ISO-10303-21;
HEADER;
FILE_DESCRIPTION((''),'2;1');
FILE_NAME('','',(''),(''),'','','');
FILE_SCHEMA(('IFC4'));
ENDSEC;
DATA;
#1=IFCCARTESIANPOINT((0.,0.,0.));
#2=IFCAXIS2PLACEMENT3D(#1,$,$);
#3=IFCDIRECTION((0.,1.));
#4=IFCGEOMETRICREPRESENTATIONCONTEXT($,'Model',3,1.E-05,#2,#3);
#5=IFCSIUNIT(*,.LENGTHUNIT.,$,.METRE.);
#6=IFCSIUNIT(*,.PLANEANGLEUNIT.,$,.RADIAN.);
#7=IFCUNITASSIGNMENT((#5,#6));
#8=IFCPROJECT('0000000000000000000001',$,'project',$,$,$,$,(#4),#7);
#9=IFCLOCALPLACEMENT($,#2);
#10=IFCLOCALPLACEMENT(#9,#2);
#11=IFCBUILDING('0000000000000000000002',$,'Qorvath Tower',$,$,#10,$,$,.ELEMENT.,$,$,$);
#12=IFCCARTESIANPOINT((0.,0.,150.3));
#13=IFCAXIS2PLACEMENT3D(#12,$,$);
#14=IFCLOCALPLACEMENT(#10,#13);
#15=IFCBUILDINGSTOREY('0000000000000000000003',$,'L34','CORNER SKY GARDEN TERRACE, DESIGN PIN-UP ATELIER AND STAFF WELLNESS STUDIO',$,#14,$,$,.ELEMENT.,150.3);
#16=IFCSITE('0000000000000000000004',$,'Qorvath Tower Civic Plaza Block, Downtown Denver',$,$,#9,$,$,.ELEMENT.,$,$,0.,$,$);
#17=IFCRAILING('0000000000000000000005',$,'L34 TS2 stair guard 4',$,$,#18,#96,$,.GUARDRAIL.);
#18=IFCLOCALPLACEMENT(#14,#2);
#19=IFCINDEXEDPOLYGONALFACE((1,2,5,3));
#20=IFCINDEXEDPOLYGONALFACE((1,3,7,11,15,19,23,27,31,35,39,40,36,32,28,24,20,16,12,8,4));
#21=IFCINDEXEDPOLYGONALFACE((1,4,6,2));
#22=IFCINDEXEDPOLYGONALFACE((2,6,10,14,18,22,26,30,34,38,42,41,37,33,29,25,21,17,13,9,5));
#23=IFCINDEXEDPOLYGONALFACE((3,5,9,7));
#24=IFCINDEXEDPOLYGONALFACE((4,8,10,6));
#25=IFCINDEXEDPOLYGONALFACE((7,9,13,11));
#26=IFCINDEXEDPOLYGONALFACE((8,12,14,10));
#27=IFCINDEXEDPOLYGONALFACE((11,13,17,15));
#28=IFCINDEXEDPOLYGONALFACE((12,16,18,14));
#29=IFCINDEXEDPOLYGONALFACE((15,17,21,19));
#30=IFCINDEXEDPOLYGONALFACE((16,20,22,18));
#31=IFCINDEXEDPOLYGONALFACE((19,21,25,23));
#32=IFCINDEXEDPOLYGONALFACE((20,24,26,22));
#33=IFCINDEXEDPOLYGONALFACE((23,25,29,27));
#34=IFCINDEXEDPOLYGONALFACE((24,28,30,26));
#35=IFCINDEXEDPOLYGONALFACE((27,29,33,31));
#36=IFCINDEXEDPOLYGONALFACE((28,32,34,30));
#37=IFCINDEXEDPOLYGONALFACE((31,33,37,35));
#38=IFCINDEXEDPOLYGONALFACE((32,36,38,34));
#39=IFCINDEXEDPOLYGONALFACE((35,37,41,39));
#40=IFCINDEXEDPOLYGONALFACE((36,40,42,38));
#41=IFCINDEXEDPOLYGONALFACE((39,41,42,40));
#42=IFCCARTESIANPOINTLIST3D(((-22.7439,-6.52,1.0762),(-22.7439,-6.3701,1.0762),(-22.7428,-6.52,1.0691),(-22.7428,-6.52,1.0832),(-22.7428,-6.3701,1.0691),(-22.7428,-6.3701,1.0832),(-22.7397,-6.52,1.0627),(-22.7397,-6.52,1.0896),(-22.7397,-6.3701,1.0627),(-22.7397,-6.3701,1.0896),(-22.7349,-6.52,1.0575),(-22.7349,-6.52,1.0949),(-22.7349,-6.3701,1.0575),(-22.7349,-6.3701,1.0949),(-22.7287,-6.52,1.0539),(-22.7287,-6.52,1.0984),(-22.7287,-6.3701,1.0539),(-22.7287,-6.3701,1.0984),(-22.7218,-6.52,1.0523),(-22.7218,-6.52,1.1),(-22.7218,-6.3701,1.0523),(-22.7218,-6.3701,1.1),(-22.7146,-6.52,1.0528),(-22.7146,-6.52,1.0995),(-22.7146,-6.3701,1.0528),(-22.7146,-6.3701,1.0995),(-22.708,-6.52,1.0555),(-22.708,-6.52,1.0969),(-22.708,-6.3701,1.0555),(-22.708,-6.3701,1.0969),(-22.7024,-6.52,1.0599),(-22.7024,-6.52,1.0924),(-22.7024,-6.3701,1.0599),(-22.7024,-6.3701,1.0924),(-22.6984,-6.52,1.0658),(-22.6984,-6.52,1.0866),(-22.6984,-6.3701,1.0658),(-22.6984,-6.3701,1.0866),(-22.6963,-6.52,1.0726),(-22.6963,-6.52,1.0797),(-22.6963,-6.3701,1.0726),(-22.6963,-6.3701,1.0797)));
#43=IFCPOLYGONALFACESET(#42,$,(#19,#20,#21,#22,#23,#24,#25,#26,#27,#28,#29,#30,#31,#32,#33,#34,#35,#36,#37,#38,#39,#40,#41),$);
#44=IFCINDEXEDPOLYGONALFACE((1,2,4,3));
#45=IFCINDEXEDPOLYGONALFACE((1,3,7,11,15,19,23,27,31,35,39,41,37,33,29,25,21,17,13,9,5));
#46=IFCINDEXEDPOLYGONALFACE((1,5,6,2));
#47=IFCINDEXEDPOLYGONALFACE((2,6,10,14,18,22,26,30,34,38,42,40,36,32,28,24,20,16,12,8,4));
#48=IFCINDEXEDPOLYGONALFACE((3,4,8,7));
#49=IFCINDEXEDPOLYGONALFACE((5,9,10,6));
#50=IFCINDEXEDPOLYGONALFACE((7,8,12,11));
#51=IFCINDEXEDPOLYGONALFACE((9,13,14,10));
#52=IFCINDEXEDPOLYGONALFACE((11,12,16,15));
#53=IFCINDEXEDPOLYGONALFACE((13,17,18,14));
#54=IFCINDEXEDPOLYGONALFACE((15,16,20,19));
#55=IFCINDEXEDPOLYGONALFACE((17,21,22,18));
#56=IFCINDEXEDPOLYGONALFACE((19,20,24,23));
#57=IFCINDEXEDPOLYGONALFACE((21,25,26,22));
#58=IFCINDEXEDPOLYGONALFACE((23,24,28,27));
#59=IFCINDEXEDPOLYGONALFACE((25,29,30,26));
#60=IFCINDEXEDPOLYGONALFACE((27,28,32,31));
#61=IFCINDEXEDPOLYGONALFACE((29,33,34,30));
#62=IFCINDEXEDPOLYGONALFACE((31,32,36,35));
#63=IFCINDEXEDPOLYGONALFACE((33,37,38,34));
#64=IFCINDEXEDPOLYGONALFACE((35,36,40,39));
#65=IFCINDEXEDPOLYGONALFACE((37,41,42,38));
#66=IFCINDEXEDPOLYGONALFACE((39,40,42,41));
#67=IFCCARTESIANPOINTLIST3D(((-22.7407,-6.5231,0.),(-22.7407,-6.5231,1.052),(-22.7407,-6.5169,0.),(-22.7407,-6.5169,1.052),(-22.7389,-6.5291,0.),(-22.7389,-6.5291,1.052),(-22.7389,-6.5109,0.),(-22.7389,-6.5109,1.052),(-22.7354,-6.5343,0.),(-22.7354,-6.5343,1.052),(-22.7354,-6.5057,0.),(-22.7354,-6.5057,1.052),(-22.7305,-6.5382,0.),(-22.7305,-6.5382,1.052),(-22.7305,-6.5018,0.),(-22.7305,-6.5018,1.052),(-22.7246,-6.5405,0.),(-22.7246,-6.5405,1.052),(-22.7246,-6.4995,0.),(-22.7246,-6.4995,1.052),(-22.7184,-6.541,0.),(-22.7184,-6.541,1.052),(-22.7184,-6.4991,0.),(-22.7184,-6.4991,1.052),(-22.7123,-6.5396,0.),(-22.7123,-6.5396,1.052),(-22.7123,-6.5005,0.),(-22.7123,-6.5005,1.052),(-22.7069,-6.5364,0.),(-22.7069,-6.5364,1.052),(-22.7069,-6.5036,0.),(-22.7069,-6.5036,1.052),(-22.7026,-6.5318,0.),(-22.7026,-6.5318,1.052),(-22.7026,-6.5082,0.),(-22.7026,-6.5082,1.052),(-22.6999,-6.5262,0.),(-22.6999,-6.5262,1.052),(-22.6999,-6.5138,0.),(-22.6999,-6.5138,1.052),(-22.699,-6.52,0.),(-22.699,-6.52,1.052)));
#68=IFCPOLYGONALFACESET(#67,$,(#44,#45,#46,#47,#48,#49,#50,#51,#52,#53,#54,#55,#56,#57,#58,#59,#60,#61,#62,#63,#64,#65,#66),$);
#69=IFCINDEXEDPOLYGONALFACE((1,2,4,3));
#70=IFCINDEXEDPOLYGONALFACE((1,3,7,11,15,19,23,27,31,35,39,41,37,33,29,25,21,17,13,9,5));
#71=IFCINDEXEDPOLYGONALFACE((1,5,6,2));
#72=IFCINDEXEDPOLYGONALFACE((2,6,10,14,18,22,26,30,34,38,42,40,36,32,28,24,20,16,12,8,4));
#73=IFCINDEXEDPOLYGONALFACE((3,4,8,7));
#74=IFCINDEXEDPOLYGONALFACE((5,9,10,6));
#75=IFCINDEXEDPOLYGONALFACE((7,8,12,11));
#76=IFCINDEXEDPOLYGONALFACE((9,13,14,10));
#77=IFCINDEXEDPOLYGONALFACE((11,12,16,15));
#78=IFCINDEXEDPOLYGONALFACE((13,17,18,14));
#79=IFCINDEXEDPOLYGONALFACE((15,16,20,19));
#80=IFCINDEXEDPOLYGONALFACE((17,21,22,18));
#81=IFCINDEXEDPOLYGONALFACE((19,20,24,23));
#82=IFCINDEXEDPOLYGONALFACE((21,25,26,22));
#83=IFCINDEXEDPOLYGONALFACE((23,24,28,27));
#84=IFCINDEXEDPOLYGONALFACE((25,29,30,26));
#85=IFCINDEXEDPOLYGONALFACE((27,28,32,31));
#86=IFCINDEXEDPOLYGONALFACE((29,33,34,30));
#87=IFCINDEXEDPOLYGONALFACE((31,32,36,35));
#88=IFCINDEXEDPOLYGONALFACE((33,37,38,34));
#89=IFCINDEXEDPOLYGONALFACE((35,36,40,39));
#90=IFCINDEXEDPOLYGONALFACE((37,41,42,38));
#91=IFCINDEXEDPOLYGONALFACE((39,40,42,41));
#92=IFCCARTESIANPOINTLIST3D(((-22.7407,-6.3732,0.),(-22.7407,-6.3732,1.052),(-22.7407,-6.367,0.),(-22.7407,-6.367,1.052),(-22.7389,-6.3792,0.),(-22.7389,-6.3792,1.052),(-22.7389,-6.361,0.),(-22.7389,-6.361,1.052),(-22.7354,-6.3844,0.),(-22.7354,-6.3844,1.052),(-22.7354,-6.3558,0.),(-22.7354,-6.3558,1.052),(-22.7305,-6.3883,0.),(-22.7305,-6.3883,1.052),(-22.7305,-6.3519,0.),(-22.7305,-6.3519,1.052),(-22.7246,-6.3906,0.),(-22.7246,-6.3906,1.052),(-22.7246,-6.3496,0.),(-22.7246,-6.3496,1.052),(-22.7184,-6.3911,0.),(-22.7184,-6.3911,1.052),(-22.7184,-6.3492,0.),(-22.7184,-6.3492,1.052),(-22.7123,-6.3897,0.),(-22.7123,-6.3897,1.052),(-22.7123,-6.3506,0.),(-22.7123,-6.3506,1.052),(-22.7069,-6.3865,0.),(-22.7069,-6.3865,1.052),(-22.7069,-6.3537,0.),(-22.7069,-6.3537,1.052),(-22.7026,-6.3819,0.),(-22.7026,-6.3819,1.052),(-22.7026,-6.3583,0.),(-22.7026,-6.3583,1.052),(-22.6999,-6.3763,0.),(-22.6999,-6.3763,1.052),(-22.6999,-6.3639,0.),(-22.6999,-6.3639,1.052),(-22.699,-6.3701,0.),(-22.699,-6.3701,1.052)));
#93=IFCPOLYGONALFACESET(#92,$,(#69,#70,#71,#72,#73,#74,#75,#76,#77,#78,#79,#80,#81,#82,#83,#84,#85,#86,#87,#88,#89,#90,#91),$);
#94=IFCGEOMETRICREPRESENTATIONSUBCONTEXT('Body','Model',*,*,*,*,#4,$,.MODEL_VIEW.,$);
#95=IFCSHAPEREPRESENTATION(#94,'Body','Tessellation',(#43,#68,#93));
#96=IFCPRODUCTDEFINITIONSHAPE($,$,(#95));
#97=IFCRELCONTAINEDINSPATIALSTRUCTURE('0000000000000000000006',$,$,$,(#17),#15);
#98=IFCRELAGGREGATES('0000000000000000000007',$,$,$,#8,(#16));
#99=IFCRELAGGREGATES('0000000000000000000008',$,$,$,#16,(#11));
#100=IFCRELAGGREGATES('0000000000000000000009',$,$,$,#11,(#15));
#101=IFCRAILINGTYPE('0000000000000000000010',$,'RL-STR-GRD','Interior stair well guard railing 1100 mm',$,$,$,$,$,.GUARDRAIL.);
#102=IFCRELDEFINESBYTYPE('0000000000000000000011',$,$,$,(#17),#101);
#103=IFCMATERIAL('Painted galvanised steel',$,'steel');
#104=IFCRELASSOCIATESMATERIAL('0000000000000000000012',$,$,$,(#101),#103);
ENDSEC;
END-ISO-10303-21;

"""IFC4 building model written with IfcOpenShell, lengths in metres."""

from ifc_helpers import new_model, si_unit, direction, frame, origin, origin_2d, place, context, subcontext, project, spatial, circle, extrude, material, type_object, element, save


model = new_model("IFC4")

# Units and contexts
model_context = context("Model", 3, precision=1e-05, world=origin(), true_north=direction((0.0, 1.0)))
body_context = subcontext(model_context, "Body", "Model", "MODEL_VIEW")
ifc_project = project(units=[si_unit("LENGTHUNIT", "METRE"), si_unit("PLANEANGLEUNIT", "RADIAN")], contexts=[model_context])

# Site, building, storey
site_placement = place(None, origin())
site = spatial("IfcSite", under=ifc_project, at=site_placement, Name="Qorvath Tower Civic Plaza Block, Downtown Denver", CompositionType="ELEMENT", RefElevation=0.0)
building_placement = place(site_placement, origin())
building = spatial("IfcBuilding", under=site, at=building_placement, Name="Qorvath Tower", CompositionType="ELEMENT")
storey_placement = place(building_placement, frame((0.0, 0.0, 150.3)))
storey = spatial("IfcBuildingStorey", under=building, at=storey_placement, Name="L34", Description="CORNER SKY GARDEN TERRACE, DESIGN PIN-UP ATELIER AND STAFF WELLNESS STUDIO", CompositionType="ELEMENT", Elevation=150.3)

# Railing
ifc_material_1 = material(Name="Painted galvanised steel", Category="steel")
railing_type_1 = type_object("IfcRailingType", Name="RL-STR-GRD", Description="Interior stair well guard railing 1100 mm", PredefinedType="GUARDRAIL", material=ifc_material_1)
railing_1_placement = place(storey_placement, frame((-22.72, -6.52, 0.0)))
element("IfcRailing", 1, at=railing_1_placement, inside=storey, type_object=railing_type_1, Name="L34 TS2 stair guard 4", PredefinedType="GUARDRAIL", context=body_context, shape_type="SweptSolid", body=[
    extrude(circle(Radius=0.0239, at=origin_2d()), frame((0.0, 0.0, 1.0762), z_axis=(0.0, 1.0, 0.0), x_axis=(-1.0, 0.0, 0.0)), (0.0, 0.0, 1.0), 0.1499),
    extrude(circle(Radius=0.021, at=origin_2d()), origin(), (0.0, 0.0, 1.0), 1.052),
    extrude(circle(Radius=0.021, at=origin_2d()), frame((0.0, 0.1499, 0.0)), (0.0, 0.0, 1.0), 1.052),
])

save(model, "model.ifc")
